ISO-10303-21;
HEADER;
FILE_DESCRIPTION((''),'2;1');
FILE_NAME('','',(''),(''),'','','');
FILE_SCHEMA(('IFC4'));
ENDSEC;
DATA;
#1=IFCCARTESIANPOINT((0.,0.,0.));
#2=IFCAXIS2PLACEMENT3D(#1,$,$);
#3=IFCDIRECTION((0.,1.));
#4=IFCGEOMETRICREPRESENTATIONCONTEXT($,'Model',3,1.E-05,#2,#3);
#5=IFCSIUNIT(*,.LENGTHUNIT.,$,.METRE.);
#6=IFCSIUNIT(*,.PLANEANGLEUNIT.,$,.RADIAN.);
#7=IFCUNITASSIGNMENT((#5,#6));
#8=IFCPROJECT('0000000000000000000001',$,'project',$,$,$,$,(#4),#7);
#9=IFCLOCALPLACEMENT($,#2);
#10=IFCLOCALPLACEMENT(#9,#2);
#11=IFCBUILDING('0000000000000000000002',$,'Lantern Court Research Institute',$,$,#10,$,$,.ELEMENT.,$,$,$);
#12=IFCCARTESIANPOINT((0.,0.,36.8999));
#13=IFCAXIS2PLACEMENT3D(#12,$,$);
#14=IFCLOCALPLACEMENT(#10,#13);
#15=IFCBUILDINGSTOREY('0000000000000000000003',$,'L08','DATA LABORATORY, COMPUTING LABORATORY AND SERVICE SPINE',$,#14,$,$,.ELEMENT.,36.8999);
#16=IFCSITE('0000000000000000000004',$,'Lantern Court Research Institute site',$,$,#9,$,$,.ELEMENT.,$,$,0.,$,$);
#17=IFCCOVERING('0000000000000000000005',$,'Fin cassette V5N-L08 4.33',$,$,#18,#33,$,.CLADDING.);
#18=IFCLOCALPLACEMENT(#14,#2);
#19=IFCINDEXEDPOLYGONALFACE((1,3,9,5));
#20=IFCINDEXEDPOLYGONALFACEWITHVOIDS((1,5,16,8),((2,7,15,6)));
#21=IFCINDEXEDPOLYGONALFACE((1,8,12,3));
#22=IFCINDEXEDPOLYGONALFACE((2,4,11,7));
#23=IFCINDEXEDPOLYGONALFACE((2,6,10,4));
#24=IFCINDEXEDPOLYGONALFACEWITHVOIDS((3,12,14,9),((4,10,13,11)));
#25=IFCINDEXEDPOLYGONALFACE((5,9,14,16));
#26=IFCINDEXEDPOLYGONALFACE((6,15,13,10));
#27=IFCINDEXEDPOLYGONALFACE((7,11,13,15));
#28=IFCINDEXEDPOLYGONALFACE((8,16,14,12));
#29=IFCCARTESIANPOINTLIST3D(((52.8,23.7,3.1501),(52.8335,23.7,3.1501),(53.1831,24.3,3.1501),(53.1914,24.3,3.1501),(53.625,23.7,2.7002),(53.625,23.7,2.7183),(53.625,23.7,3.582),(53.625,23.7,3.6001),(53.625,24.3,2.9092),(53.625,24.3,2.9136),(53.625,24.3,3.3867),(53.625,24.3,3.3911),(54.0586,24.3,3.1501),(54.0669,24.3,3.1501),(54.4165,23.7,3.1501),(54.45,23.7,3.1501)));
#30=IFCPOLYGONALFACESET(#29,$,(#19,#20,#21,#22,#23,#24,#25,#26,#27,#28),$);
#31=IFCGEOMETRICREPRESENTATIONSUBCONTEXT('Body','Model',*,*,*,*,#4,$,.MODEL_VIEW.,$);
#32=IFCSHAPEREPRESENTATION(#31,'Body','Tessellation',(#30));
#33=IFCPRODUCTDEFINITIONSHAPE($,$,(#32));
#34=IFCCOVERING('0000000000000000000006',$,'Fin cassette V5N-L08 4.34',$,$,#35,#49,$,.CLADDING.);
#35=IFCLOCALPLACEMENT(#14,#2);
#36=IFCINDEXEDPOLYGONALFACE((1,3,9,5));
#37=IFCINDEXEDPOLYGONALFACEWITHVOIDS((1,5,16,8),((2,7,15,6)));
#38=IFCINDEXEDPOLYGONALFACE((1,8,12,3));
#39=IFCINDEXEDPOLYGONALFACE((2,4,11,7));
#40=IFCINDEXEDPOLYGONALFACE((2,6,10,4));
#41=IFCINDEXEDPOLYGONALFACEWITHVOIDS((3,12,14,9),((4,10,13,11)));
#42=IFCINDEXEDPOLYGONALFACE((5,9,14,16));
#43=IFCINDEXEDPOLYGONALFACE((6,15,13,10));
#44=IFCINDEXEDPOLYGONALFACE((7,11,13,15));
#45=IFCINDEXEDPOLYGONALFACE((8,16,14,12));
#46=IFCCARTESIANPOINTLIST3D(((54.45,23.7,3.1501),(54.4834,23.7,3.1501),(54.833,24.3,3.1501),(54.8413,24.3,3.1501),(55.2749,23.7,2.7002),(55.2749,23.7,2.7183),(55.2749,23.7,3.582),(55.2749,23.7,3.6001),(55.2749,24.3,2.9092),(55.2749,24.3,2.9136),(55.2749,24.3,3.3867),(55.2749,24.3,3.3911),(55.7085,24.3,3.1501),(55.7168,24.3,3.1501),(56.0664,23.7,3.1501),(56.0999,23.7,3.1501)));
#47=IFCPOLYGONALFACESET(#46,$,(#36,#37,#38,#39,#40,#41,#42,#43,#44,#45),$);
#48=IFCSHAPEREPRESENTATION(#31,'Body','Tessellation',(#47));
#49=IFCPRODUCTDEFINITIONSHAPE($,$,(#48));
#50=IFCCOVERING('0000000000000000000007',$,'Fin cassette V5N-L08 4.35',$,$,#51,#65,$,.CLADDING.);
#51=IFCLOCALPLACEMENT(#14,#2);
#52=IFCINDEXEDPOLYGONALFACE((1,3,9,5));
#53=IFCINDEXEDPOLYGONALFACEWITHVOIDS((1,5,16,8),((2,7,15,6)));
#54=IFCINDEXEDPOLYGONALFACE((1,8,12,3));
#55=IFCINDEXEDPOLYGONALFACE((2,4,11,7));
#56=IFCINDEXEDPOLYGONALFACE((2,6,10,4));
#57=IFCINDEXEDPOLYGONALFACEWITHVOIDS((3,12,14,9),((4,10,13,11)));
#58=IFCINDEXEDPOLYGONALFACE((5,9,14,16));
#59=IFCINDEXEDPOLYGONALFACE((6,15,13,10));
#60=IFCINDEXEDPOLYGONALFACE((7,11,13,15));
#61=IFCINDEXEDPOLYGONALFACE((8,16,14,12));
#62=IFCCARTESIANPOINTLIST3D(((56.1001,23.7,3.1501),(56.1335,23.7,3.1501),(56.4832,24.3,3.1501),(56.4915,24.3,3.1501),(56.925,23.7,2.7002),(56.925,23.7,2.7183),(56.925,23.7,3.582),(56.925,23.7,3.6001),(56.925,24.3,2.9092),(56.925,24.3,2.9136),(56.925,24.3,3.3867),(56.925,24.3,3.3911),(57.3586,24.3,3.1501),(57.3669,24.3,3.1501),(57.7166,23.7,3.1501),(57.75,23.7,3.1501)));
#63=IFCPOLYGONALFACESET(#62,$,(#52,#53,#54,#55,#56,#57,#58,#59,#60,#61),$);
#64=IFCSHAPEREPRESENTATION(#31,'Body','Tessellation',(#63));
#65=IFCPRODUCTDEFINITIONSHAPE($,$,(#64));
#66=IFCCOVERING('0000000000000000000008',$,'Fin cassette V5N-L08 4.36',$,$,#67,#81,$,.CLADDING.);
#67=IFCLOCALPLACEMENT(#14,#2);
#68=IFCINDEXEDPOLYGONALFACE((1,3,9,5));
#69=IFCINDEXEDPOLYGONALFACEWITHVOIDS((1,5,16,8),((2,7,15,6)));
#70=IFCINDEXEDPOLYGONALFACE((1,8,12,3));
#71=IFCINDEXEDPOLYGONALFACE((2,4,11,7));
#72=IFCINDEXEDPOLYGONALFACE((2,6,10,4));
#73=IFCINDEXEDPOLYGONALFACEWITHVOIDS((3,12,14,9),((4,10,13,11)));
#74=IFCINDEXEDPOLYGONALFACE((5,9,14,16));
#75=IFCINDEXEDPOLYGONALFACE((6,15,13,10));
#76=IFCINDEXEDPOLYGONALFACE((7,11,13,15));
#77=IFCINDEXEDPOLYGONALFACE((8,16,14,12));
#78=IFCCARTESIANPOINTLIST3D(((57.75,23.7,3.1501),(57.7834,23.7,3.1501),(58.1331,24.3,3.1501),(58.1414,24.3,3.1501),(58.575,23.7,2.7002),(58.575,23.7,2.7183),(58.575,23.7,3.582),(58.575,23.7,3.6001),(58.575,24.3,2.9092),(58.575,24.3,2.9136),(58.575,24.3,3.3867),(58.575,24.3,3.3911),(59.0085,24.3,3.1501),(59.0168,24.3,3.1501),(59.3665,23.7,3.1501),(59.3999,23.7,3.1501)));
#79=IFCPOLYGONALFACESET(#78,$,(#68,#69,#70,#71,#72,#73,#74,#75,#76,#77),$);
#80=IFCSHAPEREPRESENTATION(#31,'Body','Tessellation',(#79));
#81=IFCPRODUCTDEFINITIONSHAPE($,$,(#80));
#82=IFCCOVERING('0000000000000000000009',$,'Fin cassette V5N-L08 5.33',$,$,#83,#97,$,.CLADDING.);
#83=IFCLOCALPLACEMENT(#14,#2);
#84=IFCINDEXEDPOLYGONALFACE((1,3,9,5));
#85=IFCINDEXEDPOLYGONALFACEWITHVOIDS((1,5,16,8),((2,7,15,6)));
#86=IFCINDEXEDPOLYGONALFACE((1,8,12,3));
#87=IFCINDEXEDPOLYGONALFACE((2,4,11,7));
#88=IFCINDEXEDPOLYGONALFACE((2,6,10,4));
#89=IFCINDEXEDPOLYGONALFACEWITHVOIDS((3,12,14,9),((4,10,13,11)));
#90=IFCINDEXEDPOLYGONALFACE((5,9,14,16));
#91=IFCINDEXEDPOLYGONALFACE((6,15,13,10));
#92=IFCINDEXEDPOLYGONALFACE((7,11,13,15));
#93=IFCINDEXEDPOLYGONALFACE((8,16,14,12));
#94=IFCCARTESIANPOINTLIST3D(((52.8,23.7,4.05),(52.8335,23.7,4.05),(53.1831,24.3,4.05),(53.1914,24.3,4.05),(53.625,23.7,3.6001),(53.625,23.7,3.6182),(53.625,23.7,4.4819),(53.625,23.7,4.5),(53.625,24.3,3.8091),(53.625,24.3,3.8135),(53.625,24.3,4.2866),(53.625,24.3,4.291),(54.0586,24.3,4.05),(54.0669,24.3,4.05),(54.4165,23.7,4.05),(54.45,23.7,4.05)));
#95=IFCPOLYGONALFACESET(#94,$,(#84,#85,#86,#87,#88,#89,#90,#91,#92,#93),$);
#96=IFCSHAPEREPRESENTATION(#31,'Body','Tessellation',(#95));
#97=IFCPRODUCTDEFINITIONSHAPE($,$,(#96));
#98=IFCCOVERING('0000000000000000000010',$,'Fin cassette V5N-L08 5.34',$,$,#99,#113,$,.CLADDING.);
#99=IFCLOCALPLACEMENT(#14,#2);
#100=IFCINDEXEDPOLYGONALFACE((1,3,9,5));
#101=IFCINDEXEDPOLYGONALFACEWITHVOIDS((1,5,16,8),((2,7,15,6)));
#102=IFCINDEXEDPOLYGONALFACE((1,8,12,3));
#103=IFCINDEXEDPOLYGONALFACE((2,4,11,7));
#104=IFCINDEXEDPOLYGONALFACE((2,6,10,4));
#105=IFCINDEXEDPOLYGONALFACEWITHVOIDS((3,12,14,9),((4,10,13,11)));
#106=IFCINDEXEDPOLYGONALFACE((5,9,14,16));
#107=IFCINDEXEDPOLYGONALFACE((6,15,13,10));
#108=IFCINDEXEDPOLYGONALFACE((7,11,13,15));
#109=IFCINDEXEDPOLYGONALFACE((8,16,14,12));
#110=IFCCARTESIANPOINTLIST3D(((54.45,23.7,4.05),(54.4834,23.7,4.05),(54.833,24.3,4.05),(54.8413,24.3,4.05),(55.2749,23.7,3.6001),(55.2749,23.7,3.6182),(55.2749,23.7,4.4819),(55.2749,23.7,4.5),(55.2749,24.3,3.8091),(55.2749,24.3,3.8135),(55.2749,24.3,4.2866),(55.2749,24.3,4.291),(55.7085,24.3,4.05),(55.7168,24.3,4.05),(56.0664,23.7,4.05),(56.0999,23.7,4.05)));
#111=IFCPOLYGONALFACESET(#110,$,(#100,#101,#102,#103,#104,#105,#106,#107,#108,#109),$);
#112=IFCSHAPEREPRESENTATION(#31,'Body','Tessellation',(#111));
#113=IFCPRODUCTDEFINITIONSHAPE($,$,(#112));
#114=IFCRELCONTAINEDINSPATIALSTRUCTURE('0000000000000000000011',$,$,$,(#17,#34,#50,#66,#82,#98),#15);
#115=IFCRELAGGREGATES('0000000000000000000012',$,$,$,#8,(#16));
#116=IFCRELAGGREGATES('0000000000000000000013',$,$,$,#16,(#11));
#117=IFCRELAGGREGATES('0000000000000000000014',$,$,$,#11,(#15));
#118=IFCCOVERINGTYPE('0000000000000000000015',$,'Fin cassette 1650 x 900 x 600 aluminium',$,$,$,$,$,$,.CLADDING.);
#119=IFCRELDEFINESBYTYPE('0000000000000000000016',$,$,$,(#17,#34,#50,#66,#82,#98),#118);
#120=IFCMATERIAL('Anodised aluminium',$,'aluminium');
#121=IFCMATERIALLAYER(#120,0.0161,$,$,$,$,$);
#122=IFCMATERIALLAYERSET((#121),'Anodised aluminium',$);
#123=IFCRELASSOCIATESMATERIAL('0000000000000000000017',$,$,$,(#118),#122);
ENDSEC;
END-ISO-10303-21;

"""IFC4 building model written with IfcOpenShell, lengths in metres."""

from ifc_helpers import new_model, entity, si_unit, direction, frame, origin, place, context, subcontext, project, spatial, material, layer, layer_set, type_object, element, save


model = new_model("IFC4")

# Units and contexts
model_context = context("Model", 3, precision=1e-05, world=origin(), true_north=direction((0.0, 1.0)))
body_context = subcontext(model_context, "Body", "Model", "MODEL_VIEW")
ifc_project = project(units=[si_unit("LENGTHUNIT", "METRE"), si_unit("PLANEANGLEUNIT", "RADIAN")], contexts=[model_context])

# Site, building, storey
site_placement = place(None, origin())
site = spatial("IfcSite", under=ifc_project, at=site_placement, Name="Lantern Court Research Institute site", CompositionType="ELEMENT", RefElevation=0.0)
building_placement = place(site_placement, origin())
building = spatial("IfcBuilding", under=site, at=building_placement, Name="Lantern Court Research Institute", CompositionType="ELEMENT")
storey_placement = place(building_placement, frame((0.0, 0.0, 36.8999)))
storey = spatial("IfcBuildingStorey", under=building, at=storey_placement, Name="L08", Description="DATA LABORATORY, COMPUTING LABORATORY AND SERVICE SPINE", CompositionType="ELEMENT", Elevation=36.8999)

# Coverings
ifc_material_1 = material(Name="Anodised aluminium", Category="aluminium")
ifc_layer_1 = layer(ifc_material_1, 0.0161)
ifc_layer_set_1 = layer_set([ifc_layer_1], Name="Anodised aluminium")
covering_type = type_object("IfcCoveringType", Name="Fin cassette 1650 x 900 x 600 aluminium", PredefinedType="CLADDING", material=ifc_layer_set_1)
covering_1_placement = place(storey_placement, frame((53.625, 23.7, 3.1501), z_axis=(0.0, 1.0, 0.0), x_axis=(-1.0, 0.0, 0.0)))
cartesian_point_1 = entity("IfcCartesianPoint", [0.825, 0.0])
cartesian_point_2 = entity("IfcCartesianPoint", [0.7915, 0.0])
cartesian_point_3 = entity("IfcCartesianPoint", [0.4419, 0.0])
cartesian_point_4 = entity("IfcCartesianPoint", [0.4336, 0.0])
element("IfcCovering", 1, at=covering_1_placement, inside=storey, type_object=covering_type, Name="Fin cassette V5N-L08 4.33", PredefinedType="CLADDING", context=body_context, shape_type="SweptSolid", body=[
    entity("IfcExtrudedAreaSolidTapered", entity("IfcArbitraryProfileDefWithVoids", "AREA", None, entity("IfcPolyline", [cartesian_point_1, entity("IfcCartesianPoint", [0.0, 0.45]), entity("IfcCartesianPoint", [-0.825, 0.0]), entity("IfcCartesianPoint", [0.0, -0.45]), cartesian_point_1]), [entity("IfcPolyline", [cartesian_point_2, entity("IfcCartesianPoint", [0.0, 0.4319]), entity("IfcCartesianPoint", [-0.7915, 0.0]), entity("IfcCartesianPoint", [0.0, -0.4319]), cartesian_point_2])]), entity("IfcAxis2Placement3D", entity("IfcCartesianPoint", [0.0, 0.0, 0.0])), entity("IfcDirection", [0.0, 0.0, 1.0]), 0.6001, entity("IfcArbitraryProfileDefWithVoids", "AREA", None, entity("IfcPolyline", [cartesian_point_3, entity("IfcCartesianPoint", [0.0, 0.241]), entity("IfcCartesianPoint", [-0.4419, 0.0]), entity("IfcCartesianPoint", [0.0, -0.241]), cartesian_point_3]), [entity("IfcPolyline", [cartesian_point_4, entity("IfcCartesianPoint", [0.0, 0.2366]), entity("IfcCartesianPoint", [-0.4336, 0.0]), entity("IfcCartesianPoint", [0.0, -0.2366]), cartesian_point_4])])),
])
covering_2_placement = place(storey_placement, frame((55.2749, 23.7, 3.1501), z_axis=(0.0, 1.0, 0.0), x_axis=(-1.0, 0.0, 0.0)))
cartesian_point_5 = entity("IfcCartesianPoint", [0.825, 0.0])
cartesian_point_6 = entity("IfcCartesianPoint", [0.7915, 0.0])
cartesian_point_7 = entity("IfcCartesianPoint", [0.4419, 0.0])
cartesian_point_8 = entity("IfcCartesianPoint", [0.4336, 0.0])
element("IfcCovering", 2, at=covering_2_placement, inside=storey, type_object=covering_type, Name="Fin cassette V5N-L08 4.34", PredefinedType="CLADDING", context=body_context, shape_type="SweptSolid", body=[
    entity("IfcExtrudedAreaSolidTapered", entity("IfcArbitraryProfileDefWithVoids", "AREA", None, entity("IfcPolyline", [cartesian_point_5, entity("IfcCartesianPoint", [0.0, 0.45]), entity("IfcCartesianPoint", [-0.825, 0.0]), entity("IfcCartesianPoint", [0.0, -0.45]), cartesian_point_5]), [entity("IfcPolyline", [cartesian_point_6, entity("IfcCartesianPoint", [0.0, 0.4319]), entity("IfcCartesianPoint", [-0.7915, 0.0]), entity("IfcCartesianPoint", [0.0, -0.4319]), cartesian_point_6])]), entity("IfcAxis2Placement3D", entity("IfcCartesianPoint", [0.0, 0.0, 0.0])), entity("IfcDirection", [0.0, 0.0, 1.0]), 0.6001, entity("IfcArbitraryProfileDefWithVoids", "AREA", None, entity("IfcPolyline", [cartesian_point_7, entity("IfcCartesianPoint", [0.0, 0.241]), entity("IfcCartesianPoint", [-0.4419, 0.0]), entity("IfcCartesianPoint", [0.0, -0.241]), cartesian_point_7]), [entity("IfcPolyline", [cartesian_point_8, entity("IfcCartesianPoint", [0.0, 0.2366]), entity("IfcCartesianPoint", [-0.4336, 0.0]), entity("IfcCartesianPoint", [0.0, -0.2366]), cartesian_point_8])])),
])
covering_3_placement = place(storey_placement, frame((56.925, 23.7, 3.1501), z_axis=(0.0, 1.0, 0.0), x_axis=(-1.0, 0.0, 0.0)))
cartesian_point_9 = entity("IfcCartesianPoint", [0.825, 0.0])
cartesian_point_10 = entity("IfcCartesianPoint", [0.7915, 0.0])
cartesian_point_11 = entity("IfcCartesianPoint", [0.4419, 0.0])
cartesian_point_12 = entity("IfcCartesianPoint", [0.4336, 0.0])
element("IfcCovering", 3, at=covering_3_placement, inside=storey, type_object=covering_type, Name="Fin cassette V5N-L08 4.35", PredefinedType="CLADDING", context=body_context, shape_type="SweptSolid", body=[
    entity("IfcExtrudedAreaSolidTapered", entity("IfcArbitraryProfileDefWithVoids", "AREA", None, entity("IfcPolyline", [cartesian_point_9, entity("IfcCartesianPoint", [0.0, 0.45]), entity("IfcCartesianPoint", [-0.825, 0.0]), entity("IfcCartesianPoint", [0.0, -0.45]), cartesian_point_9]), [entity("IfcPolyline", [cartesian_point_10, entity("IfcCartesianPoint", [0.0, 0.4319]), entity("IfcCartesianPoint", [-0.7915, 0.0]), entity("IfcCartesianPoint", [0.0, -0.4319]), cartesian_point_10])]), entity("IfcAxis2Placement3D", entity("IfcCartesianPoint", [0.0, 0.0, 0.0])), entity("IfcDirection", [0.0, 0.0, 1.0]), 0.6001, entity("IfcArbitraryProfileDefWithVoids", "AREA", None, entity("IfcPolyline", [cartesian_point_11, entity("IfcCartesianPoint", [0.0, 0.241]), entity("IfcCartesianPoint", [-0.4419, 0.0]), entity("IfcCartesianPoint", [0.0, -0.241]), cartesian_point_11]), [entity("IfcPolyline", [cartesian_point_12, entity("IfcCartesianPoint", [0.0, 0.2366]), entity("IfcCartesianPoint", [-0.4336, 0.0]), entity("IfcCartesianPoint", [0.0, -0.2366]), cartesian_point_12])])),
])
covering_4_placement = place(storey_placement, frame((58.575, 23.7, 3.1501), z_axis=(0.0, 1.0, 0.0), x_axis=(-1.0, 0.0, 0.0)))
cartesian_point_13 = entity("IfcCartesianPoint", [0.825, 0.0])
cartesian_point_14 = entity("IfcCartesianPoint", [0.7915, 0.0])
cartesian_point_15 = entity("IfcCartesianPoint", [0.4419, 0.0])
cartesian_point_16 = entity("IfcCartesianPoint", [0.4336, 0.0])
element("IfcCovering", 4, at=covering_4_placement, inside=storey, type_object=covering_type, Name="Fin cassette V5N-L08 4.36", PredefinedType="CLADDING", context=body_context, shape_type="SweptSolid", body=[
    entity("IfcExtrudedAreaSolidTapered", entity("IfcArbitraryProfileDefWithVoids", "AREA", None, entity("IfcPolyline", [cartesian_point_13, entity("IfcCartesianPoint", [0.0, 0.45]), entity("IfcCartesianPoint", [-0.825, 0.0]), entity("IfcCartesianPoint", [0.0, -0.45]), cartesian_point_13]), [entity("IfcPolyline", [cartesian_point_14, entity("IfcCartesianPoint", [0.0, 0.4319]), entity("IfcCartesianPoint", [-0.7915, 0.0]), entity("IfcCartesianPoint", [0.0, -0.4319]), cartesian_point_14])]), entity("IfcAxis2Placement3D", entity("IfcCartesianPoint", [0.0, 0.0, 0.0])), entity("IfcDirection", [0.0, 0.0, 1.0]), 0.6001, entity("IfcArbitraryProfileDefWithVoids", "AREA", None, entity("IfcPolyline", [cartesian_point_15, entity("IfcCartesianPoint", [0.0, 0.241]), entity("IfcCartesianPoint", [-0.4419, 0.0]), entity("IfcCartesianPoint", [0.0, -0.241]), cartesian_point_15]), [entity("IfcPolyline", [cartesian_point_16, entity("IfcCartesianPoint", [0.0, 0.2366]), entity("IfcCartesianPoint", [-0.4336, 0.0]), entity("IfcCartesianPoint", [0.0, -0.2366]), cartesian_point_16])])),
])
covering_5_placement = place(storey_placement, frame((53.625, 23.7, 4.05), z_axis=(0.0, 1.0, 0.0), x_axis=(-1.0, 0.0, 0.0)))
cartesian_point_17 = entity("IfcCartesianPoint", [0.825, 0.0])
cartesian_point_18 = entity("IfcCartesianPoint", [0.7915, 0.0])
cartesian_point_19 = entity("IfcCartesianPoint", [0.4419, 0.0])
cartesian_point_20 = entity("IfcCartesianPoint", [0.4336, 0.0])
element("IfcCovering", 5, at=covering_5_placement, inside=storey, type_object=covering_type, Name="Fin cassette V5N-L08 5.33", PredefinedType="CLADDING", context=body_context, shape_type="SweptSolid", body=[
    entity("IfcExtrudedAreaSolidTapered", entity("IfcArbitraryProfileDefWithVoids", "AREA", None, entity("IfcPolyline", [cartesian_point_17, entity("IfcCartesianPoint", [0.0, 0.45]), entity("IfcCartesianPoint", [-0.825, 0.0]), entity("IfcCartesianPoint", [0.0, -0.45]), cartesian_point_17]), [entity("IfcPolyline", [cartesian_point_18, entity("IfcCartesianPoint", [0.0, 0.4319]), entity("IfcCartesianPoint", [-0.7915, 0.0]), entity("IfcCartesianPoint", [0.0, -0.4319]), cartesian_point_18])]), entity("IfcAxis2Placement3D", entity("IfcCartesianPoint", [0.0, 0.0, 0.0])), entity("IfcDirection", [0.0, 0.0, 1.0]), 0.6001, entity("IfcArbitraryProfileDefWithVoids", "AREA", None, entity("IfcPolyline", [cartesian_point_19, entity("IfcCartesianPoint", [0.0, 0.241]), entity("IfcCartesianPoint", [-0.4419, 0.0]), entity("IfcCartesianPoint", [0.0, -0.241]), cartesian_point_19]), [entity("IfcPolyline", [cartesian_point_20, entity("IfcCartesianPoint", [0.0, 0.2366]), entity("IfcCartesianPoint", [-0.4336, 0.0]), entity("IfcCartesianPoint", [0.0, -0.2366]), cartesian_point_20])])),
])
covering_6_placement = place(storey_placement, frame((55.2749, 23.7, 4.05), z_axis=(0.0, 1.0, 0.0), x_axis=(-1.0, 0.0, 0.0)))
cartesian_point_21 = entity("IfcCartesianPoint", [0.825, 0.0])
cartesian_point_22 = entity("IfcCartesianPoint", [0.7915, 0.0])
cartesian_point_23 = entity("IfcCartesianPoint", [0.4419, 0.0])
cartesian_point_24 = entity("IfcCartesianPoint", [0.4336, 0.0])
element("IfcCovering", 6, at=covering_6_placement, inside=storey, type_object=covering_type, Name="Fin cassette V5N-L08 5.34", PredefinedType="CLADDING", context=body_context, shape_type="SweptSolid", body=[
    entity("IfcExtrudedAreaSolidTapered", entity("IfcArbitraryProfileDefWithVoids", "AREA", None, entity("IfcPolyline", [cartesian_point_21, entity("IfcCartesianPoint", [0.0, 0.45]), entity("IfcCartesianPoint", [-0.825, 0.0]), entity("IfcCartesianPoint", [0.0, -0.45]), cartesian_point_21]), [entity("IfcPolyline", [cartesian_point_22, entity("IfcCartesianPoint", [0.0, 0.4319]), entity("IfcCartesianPoint", [-0.7915, 0.0]), entity("IfcCartesianPoint", [0.0, -0.4319]), cartesian_point_22])]), entity("IfcAxis2Placement3D", entity("IfcCartesianPoint", [0.0, 0.0, 0.0])), entity("IfcDirection", [0.0, 0.0, 1.0]), 0.6001, entity("IfcArbitraryProfileDefWithVoids", "AREA", None, entity("IfcPolyline", [cartesian_point_23, entity("IfcCartesianPoint", [0.0, 0.241]), entity("IfcCartesianPoint", [-0.4419, 0.0]), entity("IfcCartesianPoint", [0.0, -0.241]), cartesian_point_23]), [entity("IfcPolyline", [cartesian_point_24, entity("IfcCartesianPoint", [0.0, 0.2366]), entity("IfcCartesianPoint", [-0.4336, 0.0]), entity("IfcCartesianPoint", [0.0, -0.2366]), cartesian_point_24])])),
])

save(model, "model.ifc")
